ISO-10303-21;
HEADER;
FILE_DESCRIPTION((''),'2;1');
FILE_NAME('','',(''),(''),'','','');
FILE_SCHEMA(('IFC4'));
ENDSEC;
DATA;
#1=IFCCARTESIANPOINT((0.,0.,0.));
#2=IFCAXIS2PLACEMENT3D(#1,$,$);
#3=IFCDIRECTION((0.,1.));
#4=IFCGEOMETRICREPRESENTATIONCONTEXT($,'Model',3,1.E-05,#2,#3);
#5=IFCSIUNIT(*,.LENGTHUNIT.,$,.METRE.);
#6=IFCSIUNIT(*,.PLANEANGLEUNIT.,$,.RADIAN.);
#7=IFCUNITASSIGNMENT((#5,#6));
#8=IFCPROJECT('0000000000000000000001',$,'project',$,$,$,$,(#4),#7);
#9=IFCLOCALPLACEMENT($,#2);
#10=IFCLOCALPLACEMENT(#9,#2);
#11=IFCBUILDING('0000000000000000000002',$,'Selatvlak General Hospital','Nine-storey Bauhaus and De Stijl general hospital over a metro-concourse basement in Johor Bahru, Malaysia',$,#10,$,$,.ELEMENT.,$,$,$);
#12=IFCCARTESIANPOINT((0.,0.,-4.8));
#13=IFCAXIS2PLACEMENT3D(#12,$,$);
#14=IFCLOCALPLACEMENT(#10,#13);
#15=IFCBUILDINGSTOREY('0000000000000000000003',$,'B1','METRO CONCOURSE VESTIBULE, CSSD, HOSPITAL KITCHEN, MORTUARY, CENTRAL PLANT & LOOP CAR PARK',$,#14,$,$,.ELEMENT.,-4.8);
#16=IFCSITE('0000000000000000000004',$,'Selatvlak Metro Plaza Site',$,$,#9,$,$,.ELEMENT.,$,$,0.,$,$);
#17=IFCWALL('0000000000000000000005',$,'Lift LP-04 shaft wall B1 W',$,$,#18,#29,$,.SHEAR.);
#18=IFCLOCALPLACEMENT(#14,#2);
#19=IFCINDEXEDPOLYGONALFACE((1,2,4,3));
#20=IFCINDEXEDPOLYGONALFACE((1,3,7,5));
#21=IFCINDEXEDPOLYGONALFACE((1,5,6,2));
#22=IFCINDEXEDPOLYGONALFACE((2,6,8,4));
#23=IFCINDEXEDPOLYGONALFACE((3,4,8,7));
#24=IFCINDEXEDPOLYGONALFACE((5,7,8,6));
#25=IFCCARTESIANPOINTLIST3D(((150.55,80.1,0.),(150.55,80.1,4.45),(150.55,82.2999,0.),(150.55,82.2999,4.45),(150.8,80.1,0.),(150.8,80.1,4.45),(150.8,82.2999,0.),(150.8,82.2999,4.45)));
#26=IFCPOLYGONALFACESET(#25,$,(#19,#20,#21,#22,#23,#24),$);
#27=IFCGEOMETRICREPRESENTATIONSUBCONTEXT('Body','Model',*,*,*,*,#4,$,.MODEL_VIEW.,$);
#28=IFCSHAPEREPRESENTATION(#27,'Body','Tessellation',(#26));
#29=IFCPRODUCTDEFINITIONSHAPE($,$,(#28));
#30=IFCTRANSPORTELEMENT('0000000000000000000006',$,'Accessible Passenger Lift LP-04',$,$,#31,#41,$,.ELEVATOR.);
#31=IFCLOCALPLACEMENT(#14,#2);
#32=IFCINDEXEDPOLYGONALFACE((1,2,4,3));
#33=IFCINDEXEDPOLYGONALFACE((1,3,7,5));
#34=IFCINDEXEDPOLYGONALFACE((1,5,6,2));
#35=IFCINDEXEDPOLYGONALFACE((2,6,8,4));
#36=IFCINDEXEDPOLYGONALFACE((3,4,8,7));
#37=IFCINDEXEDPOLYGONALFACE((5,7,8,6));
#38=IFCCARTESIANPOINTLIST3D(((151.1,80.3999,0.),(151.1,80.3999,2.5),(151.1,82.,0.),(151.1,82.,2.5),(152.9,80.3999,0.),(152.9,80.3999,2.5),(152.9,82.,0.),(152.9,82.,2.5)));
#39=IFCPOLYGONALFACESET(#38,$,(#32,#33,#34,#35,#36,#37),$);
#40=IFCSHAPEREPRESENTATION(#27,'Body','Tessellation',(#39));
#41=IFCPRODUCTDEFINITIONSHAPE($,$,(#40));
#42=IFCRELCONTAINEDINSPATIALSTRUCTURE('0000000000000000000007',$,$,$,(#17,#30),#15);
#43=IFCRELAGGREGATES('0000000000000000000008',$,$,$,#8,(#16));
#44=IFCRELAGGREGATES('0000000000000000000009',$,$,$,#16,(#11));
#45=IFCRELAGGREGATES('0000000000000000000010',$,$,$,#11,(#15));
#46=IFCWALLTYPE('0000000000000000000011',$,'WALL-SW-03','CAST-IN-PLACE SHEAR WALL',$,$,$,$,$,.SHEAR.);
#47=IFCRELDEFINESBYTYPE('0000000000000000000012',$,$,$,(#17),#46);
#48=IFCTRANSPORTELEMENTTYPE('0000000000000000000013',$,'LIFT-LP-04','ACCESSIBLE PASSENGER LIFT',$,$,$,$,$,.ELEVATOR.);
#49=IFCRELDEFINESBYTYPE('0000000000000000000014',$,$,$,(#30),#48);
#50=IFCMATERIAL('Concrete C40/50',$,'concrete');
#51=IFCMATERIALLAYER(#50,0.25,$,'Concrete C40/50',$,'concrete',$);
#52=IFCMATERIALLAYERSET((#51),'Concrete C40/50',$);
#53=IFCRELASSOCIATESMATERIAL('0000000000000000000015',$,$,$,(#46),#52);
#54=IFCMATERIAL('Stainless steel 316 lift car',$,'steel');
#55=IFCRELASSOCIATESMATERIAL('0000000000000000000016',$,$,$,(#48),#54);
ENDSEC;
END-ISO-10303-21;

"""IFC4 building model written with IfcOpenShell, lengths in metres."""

from ifc_helpers import new_model, si_unit, direction, frame, frame_2d, origin, origin_2d, place, context, subcontext, project, spatial, rectangle, extrude, material, layer, layer_set, type_object, element, save


model = new_model("IFC4")

# Units and contexts
model_context = context("Model", 3, precision=1e-05, world=origin(), true_north=direction((0.0, 1.0)))
body_context = subcontext(model_context, "Body", "Model", "MODEL_VIEW")
ifc_project = project(units=[si_unit("LENGTHUNIT", "METRE"), si_unit("PLANEANGLEUNIT", "RADIAN")], contexts=[model_context])

# Site, building, storey
site_placement = place(None, origin())
site = spatial("IfcSite", under=ifc_project, at=site_placement, Name="Selatvlak Metro Plaza Site", CompositionType="ELEMENT", RefElevation=0.0)
building_placement = place(site_placement, origin())
building = spatial("IfcBuilding", under=site, at=building_placement, Name="Selatvlak General Hospital", Description="Nine-storey Bauhaus and De Stijl general hospital over a metro-concourse basement in Johor Bahru, Malaysia", CompositionType="ELEMENT")
storey_placement = place(building_placement, frame((0.0, 0.0, -4.8)))
storey = spatial("IfcBuildingStorey", under=building, at=storey_placement, Name="B1", Description="METRO CONCOURSE VESTIBULE, CSSD, HOSPITAL KITCHEN, MORTUARY, CENTRAL PLANT & LOOP CAR PARK", CompositionType="ELEMENT", Elevation=-4.8)

# Shared definitions
ifc_material_1 = material(Name="Concrete C40/50", Category="concrete")

# Shared definitions
ifc_layer_1 = layer(ifc_material_1, 0.25, Name="Concrete C40/50", Category="concrete")
ifc_layer_set_1 = layer_set([ifc_layer_1], Name="Concrete C40/50")
wall_type_1 = type_object("IfcWallType", Name="WALL-SW-03", Description="CAST-IN-PLACE SHEAR WALL", PredefinedType="SHEAR", material=ifc_layer_set_1)

# Wall
wall_1_placement = place(storey_placement, frame((150.675, 82.3, 0.0), z_axis=(0.0, 0.0, 1.0), x_axis=(0.0, -1.0, 0.0)))
element("IfcWall", 1, at=wall_1_placement, inside=storey, type_object=wall_type_1, Name="Lift LP-04 shaft wall B1 W", PredefinedType="SHEAR", context=body_context, shape_type="SweptSolid", body=[
    extrude(rectangle(XDim=2.2, YDim=0.25, at=frame_2d((1.1001, 0.0))), origin(), (0.0, 0.0, 1.0), 4.45),
])

# Transport element
ifc_material_2 = material(Name="Stainless steel 316 lift car", Category="steel")
transport_element_type = type_object("IfcTransportElementType", Name="LIFT-LP-04", Description="ACCESSIBLE PASSENGER LIFT", PredefinedType="ELEVATOR", material=ifc_material_2)
transport_element_placement = place(storey_placement, frame((152.0, 81.2, 0.0), z_axis=(0.0, 0.0, 1.0), x_axis=(1.0, 0.0, 0.0)))
element("IfcTransportElement", 2, at=transport_element_placement, inside=storey, type_object=transport_element_type, Name="Accessible Passenger Lift LP-04", PredefinedType="ELEVATOR", context=body_context, shape_type="SweptSolid", body=[
    extrude(rectangle(XDim=1.8, YDim=1.6001, at=origin_2d()), origin(), (0.0, 0.0, 1.0), 2.5),
])

save(model, "model.ifc")
